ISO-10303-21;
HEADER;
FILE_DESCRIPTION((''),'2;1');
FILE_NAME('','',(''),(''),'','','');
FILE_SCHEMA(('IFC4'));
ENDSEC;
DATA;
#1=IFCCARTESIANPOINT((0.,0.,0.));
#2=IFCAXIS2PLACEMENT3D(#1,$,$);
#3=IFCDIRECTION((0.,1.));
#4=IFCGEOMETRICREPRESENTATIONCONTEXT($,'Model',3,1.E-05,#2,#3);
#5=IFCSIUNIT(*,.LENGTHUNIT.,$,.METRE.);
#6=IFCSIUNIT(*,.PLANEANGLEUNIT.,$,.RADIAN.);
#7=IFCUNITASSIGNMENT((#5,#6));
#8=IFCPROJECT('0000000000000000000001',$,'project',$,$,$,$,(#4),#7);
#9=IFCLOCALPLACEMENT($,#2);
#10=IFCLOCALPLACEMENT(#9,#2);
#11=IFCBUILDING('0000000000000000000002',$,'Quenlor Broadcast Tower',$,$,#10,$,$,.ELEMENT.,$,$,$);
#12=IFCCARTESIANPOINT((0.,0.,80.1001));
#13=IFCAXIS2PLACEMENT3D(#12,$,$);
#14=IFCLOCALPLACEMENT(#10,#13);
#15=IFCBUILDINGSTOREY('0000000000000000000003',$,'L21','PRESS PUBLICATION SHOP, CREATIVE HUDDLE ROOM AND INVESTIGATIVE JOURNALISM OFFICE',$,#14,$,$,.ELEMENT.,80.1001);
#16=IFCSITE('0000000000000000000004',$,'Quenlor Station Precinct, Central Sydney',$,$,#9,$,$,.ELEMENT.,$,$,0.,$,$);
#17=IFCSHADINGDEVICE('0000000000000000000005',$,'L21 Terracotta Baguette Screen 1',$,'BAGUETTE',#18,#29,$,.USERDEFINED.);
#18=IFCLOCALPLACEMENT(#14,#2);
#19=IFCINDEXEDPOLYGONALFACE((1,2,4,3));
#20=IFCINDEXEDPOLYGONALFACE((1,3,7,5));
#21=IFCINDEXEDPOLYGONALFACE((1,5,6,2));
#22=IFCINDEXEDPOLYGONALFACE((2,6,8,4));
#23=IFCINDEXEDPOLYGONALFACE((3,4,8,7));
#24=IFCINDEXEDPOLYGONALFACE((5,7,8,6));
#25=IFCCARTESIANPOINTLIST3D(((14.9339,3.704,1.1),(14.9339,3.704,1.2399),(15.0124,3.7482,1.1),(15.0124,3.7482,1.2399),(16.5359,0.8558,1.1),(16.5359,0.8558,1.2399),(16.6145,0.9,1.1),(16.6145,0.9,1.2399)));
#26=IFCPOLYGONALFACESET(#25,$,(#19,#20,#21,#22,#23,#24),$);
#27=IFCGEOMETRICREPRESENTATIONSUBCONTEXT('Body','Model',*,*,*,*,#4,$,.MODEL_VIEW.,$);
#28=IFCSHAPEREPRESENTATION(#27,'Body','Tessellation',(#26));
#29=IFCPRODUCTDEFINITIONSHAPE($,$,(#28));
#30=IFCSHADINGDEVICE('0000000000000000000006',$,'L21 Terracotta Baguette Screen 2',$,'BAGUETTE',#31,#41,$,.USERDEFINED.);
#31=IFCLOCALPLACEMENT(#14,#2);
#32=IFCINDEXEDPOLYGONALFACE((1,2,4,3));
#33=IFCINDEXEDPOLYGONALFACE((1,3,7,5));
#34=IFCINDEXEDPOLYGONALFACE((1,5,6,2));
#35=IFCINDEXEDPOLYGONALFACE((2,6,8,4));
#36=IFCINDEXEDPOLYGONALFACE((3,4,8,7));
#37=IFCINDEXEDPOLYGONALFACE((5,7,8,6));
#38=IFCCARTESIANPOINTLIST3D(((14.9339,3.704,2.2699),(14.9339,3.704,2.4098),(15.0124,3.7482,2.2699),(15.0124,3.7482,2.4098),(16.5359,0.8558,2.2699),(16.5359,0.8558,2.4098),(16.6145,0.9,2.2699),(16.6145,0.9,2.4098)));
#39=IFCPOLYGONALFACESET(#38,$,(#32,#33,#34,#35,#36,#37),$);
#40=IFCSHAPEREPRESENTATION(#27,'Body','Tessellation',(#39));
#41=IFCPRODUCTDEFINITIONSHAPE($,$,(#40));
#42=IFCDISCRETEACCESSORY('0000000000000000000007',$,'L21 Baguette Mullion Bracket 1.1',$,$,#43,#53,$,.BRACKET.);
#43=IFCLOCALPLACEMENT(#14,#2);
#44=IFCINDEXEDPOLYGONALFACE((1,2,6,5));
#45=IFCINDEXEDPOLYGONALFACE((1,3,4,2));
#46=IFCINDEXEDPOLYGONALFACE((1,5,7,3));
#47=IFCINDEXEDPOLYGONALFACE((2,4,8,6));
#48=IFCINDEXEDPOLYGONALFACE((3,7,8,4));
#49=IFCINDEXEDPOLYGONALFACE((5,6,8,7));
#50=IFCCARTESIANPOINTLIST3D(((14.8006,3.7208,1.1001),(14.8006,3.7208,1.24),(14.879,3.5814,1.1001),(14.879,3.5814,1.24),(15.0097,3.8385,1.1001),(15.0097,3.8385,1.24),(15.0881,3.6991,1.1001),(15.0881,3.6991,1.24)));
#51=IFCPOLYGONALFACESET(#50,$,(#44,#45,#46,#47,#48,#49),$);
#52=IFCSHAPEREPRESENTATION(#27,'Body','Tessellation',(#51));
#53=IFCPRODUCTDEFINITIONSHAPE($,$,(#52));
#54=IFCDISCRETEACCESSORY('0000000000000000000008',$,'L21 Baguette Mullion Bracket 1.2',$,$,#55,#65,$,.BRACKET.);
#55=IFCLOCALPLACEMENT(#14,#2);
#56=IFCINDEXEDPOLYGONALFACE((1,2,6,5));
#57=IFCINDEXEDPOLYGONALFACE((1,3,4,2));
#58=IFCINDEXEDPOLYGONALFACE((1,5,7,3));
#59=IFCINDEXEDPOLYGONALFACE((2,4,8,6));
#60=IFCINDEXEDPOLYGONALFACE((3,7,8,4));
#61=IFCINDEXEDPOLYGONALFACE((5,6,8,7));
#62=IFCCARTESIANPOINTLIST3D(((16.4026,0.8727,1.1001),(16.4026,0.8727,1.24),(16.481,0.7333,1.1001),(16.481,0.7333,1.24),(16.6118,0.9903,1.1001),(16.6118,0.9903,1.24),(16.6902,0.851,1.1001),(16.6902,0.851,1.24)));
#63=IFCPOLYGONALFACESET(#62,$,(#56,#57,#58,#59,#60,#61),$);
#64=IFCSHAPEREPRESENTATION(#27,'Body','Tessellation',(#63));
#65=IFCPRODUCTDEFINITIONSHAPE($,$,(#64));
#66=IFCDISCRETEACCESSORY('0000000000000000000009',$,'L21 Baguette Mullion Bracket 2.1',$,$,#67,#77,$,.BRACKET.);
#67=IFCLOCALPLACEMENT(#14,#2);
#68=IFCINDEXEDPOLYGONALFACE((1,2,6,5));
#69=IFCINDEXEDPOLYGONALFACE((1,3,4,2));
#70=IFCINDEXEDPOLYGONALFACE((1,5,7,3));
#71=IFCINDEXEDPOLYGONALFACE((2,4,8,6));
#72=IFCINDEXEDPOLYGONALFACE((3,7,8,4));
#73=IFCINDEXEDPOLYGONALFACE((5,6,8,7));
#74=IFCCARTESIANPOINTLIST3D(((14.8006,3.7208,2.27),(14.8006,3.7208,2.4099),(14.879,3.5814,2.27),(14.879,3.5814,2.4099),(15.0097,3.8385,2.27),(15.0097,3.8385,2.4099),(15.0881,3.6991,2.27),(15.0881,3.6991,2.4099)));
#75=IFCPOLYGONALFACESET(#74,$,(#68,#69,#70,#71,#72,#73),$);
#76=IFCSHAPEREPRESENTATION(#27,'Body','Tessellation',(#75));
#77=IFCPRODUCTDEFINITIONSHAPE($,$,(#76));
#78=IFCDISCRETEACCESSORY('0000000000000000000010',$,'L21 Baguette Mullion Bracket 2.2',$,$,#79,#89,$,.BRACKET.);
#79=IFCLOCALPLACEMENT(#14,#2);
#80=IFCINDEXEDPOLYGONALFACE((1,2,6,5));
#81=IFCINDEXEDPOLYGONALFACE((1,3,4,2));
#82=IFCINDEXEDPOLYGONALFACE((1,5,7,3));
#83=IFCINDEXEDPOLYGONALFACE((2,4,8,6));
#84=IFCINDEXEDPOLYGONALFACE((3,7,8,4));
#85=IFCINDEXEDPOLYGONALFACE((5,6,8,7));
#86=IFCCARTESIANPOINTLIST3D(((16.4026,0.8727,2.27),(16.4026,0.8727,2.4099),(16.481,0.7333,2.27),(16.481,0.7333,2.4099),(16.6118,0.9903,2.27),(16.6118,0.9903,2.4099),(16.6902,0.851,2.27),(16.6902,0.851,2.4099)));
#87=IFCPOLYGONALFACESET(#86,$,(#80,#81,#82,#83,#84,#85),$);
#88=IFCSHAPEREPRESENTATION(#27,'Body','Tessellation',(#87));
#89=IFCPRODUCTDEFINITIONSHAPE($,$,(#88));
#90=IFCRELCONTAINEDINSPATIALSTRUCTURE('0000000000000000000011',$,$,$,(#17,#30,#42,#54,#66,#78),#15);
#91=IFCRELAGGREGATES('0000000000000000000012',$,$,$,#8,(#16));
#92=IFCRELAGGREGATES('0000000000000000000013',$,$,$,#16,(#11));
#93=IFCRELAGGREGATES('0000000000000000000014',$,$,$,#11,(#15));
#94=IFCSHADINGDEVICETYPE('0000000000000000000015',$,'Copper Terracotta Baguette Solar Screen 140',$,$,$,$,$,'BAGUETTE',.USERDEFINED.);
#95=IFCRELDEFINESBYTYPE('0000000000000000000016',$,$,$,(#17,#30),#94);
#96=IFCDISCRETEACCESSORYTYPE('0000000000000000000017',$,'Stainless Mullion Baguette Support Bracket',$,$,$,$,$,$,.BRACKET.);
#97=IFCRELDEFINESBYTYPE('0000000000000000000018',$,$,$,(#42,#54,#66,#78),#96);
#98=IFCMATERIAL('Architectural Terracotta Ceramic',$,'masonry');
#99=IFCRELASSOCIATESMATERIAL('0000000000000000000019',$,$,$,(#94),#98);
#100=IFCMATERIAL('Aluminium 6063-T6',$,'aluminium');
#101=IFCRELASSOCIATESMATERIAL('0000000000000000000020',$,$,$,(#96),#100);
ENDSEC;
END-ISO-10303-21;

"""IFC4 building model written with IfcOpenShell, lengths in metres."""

from ifc_helpers import new_model, si_unit, direction, frame, origin, origin_2d, place, context, subcontext, project, spatial, rectangle, extrude, material, material_profile, profile_set, type_object, element, save


model = new_model("IFC4")

# Units and contexts
model_context = context("Model", 3, precision=1e-05, world=origin(), true_north=direction((0.0, 1.0)))
body_context = subcontext(model_context, "Body", "Model", "MODEL_VIEW")
ifc_project = project(units=[si_unit("LENGTHUNIT", "METRE"), si_unit("PLANEANGLEUNIT", "RADIAN")], contexts=[model_context])

# Site, building, storey
site_placement = place(None, origin())
site = spatial("IfcSite", under=ifc_project, at=site_placement, Name="Quenlor Station Precinct, Central Sydney", CompositionType="ELEMENT", RefElevation=0.0)
building_placement = place(site_placement, origin())
building = spatial("IfcBuilding", under=site, at=building_placement, Name="Quenlor Broadcast Tower", CompositionType="ELEMENT")
storey_placement = place(building_placement, frame((0.0, 0.0, 80.1001)))
storey = spatial("IfcBuildingStorey", under=building, at=storey_placement, Name="L21", Description="PRESS PUBLICATION SHOP, CREATIVE HUDDLE ROOM AND INVESTIGATIVE JOURNALISM OFFICE", CompositionType="ELEMENT", Elevation=80.1001)

# Shading devices
ifc_material_1 = material(Name="Architectural Terracotta Ceramic", Category="masonry")
ifc_material_profile_1 = material_profile(ifc_material_1, rectangle(XDim=0.0901, YDim=0.1399, at=origin_2d()))
ifc_profile_set_1 = profile_set([ifc_material_profile_1], Name="Architectural Terracotta Ceramic BAG90x140")
shading_device_type = type_object("IfcShadingDeviceType", Name="Copper Terracotta Baguette Solar Screen 140", ElementType="BAGUETTE", PredefinedType="USERDEFINED", material=ifc_profile_set_1)
for number, where, z_axis, x_axis, name in (
    (1, (14.9731, 3.7261, 1.1699), (0.490254, -0.87158, 0.0), (0.87158, 0.490254, 0.0), "L21 Terracotta Baguette Screen 1"),
    (2, (14.9731, 3.7261, 2.3398), (0.490254, -0.87158, 0.0), (0.87158, 0.490254, 0.0), "L21 Terracotta Baguette Screen 2"),
):
    element("IfcShadingDevice", number, at=place(storey_placement, frame(where, z_axis=z_axis, x_axis=x_axis)), inside=storey, type_object=shading_device_type, Name=name, ObjectType="BAGUETTE", PredefinedType="USERDEFINED", context=body_context, shape_type="SweptSolid", body=[
        extrude(rectangle(XDim=0.0901, YDim=0.1399, at=origin_2d()), origin(), (0.0, 0.0, 1.0), 3.2678),
    ])

# Discrete accessories
ifc_material_2 = material(Name="Aluminium 6063-T6", Category="aluminium")
discrete_accessory_type = type_object("IfcDiscreteAccessoryType", Name="Stainless Mullion Baguette Support Bracket", PredefinedType="BRACKET", material=ifc_material_2)
for number, where, z_axis, x_axis, name in (
    (3, (14.9443, 3.71, 1.1001), (0.0, 0.0, 1.0), (0.490262, -0.871575, 0.0), "L21 Baguette Mullion Bracket 1.1"),
    (4, (16.5464, 0.8618, 1.1001), (0.0, 0.0, 1.0), (0.490262, -0.871575, 0.0), "L21 Baguette Mullion Bracket 1.2"),
    (5, (14.9443, 3.71, 2.27), (0.0, 0.0, 1.0), (0.490262, -0.871575, 0.0), "L21 Baguette Mullion Bracket 2.1"),
    (6, (16.5464, 0.8618, 2.27), (0.0, 0.0, 1.0), (0.490262, -0.871575, 0.0), "L21 Baguette Mullion Bracket 2.2"),
):
    element("IfcDiscreteAccessory", number, at=place(storey_placement, frame(where, z_axis=z_axis, x_axis=x_axis)), inside=storey, type_object=discrete_accessory_type, Name=name, PredefinedType="BRACKET", context=body_context, shape_type="SweptSolid", body=[
        extrude(rectangle(XDim=0.1599, YDim=0.24, at=origin_2d()), origin(), (0.0, 0.0, 1.0), 0.1399),
    ])

save(model, "model.ifc")
